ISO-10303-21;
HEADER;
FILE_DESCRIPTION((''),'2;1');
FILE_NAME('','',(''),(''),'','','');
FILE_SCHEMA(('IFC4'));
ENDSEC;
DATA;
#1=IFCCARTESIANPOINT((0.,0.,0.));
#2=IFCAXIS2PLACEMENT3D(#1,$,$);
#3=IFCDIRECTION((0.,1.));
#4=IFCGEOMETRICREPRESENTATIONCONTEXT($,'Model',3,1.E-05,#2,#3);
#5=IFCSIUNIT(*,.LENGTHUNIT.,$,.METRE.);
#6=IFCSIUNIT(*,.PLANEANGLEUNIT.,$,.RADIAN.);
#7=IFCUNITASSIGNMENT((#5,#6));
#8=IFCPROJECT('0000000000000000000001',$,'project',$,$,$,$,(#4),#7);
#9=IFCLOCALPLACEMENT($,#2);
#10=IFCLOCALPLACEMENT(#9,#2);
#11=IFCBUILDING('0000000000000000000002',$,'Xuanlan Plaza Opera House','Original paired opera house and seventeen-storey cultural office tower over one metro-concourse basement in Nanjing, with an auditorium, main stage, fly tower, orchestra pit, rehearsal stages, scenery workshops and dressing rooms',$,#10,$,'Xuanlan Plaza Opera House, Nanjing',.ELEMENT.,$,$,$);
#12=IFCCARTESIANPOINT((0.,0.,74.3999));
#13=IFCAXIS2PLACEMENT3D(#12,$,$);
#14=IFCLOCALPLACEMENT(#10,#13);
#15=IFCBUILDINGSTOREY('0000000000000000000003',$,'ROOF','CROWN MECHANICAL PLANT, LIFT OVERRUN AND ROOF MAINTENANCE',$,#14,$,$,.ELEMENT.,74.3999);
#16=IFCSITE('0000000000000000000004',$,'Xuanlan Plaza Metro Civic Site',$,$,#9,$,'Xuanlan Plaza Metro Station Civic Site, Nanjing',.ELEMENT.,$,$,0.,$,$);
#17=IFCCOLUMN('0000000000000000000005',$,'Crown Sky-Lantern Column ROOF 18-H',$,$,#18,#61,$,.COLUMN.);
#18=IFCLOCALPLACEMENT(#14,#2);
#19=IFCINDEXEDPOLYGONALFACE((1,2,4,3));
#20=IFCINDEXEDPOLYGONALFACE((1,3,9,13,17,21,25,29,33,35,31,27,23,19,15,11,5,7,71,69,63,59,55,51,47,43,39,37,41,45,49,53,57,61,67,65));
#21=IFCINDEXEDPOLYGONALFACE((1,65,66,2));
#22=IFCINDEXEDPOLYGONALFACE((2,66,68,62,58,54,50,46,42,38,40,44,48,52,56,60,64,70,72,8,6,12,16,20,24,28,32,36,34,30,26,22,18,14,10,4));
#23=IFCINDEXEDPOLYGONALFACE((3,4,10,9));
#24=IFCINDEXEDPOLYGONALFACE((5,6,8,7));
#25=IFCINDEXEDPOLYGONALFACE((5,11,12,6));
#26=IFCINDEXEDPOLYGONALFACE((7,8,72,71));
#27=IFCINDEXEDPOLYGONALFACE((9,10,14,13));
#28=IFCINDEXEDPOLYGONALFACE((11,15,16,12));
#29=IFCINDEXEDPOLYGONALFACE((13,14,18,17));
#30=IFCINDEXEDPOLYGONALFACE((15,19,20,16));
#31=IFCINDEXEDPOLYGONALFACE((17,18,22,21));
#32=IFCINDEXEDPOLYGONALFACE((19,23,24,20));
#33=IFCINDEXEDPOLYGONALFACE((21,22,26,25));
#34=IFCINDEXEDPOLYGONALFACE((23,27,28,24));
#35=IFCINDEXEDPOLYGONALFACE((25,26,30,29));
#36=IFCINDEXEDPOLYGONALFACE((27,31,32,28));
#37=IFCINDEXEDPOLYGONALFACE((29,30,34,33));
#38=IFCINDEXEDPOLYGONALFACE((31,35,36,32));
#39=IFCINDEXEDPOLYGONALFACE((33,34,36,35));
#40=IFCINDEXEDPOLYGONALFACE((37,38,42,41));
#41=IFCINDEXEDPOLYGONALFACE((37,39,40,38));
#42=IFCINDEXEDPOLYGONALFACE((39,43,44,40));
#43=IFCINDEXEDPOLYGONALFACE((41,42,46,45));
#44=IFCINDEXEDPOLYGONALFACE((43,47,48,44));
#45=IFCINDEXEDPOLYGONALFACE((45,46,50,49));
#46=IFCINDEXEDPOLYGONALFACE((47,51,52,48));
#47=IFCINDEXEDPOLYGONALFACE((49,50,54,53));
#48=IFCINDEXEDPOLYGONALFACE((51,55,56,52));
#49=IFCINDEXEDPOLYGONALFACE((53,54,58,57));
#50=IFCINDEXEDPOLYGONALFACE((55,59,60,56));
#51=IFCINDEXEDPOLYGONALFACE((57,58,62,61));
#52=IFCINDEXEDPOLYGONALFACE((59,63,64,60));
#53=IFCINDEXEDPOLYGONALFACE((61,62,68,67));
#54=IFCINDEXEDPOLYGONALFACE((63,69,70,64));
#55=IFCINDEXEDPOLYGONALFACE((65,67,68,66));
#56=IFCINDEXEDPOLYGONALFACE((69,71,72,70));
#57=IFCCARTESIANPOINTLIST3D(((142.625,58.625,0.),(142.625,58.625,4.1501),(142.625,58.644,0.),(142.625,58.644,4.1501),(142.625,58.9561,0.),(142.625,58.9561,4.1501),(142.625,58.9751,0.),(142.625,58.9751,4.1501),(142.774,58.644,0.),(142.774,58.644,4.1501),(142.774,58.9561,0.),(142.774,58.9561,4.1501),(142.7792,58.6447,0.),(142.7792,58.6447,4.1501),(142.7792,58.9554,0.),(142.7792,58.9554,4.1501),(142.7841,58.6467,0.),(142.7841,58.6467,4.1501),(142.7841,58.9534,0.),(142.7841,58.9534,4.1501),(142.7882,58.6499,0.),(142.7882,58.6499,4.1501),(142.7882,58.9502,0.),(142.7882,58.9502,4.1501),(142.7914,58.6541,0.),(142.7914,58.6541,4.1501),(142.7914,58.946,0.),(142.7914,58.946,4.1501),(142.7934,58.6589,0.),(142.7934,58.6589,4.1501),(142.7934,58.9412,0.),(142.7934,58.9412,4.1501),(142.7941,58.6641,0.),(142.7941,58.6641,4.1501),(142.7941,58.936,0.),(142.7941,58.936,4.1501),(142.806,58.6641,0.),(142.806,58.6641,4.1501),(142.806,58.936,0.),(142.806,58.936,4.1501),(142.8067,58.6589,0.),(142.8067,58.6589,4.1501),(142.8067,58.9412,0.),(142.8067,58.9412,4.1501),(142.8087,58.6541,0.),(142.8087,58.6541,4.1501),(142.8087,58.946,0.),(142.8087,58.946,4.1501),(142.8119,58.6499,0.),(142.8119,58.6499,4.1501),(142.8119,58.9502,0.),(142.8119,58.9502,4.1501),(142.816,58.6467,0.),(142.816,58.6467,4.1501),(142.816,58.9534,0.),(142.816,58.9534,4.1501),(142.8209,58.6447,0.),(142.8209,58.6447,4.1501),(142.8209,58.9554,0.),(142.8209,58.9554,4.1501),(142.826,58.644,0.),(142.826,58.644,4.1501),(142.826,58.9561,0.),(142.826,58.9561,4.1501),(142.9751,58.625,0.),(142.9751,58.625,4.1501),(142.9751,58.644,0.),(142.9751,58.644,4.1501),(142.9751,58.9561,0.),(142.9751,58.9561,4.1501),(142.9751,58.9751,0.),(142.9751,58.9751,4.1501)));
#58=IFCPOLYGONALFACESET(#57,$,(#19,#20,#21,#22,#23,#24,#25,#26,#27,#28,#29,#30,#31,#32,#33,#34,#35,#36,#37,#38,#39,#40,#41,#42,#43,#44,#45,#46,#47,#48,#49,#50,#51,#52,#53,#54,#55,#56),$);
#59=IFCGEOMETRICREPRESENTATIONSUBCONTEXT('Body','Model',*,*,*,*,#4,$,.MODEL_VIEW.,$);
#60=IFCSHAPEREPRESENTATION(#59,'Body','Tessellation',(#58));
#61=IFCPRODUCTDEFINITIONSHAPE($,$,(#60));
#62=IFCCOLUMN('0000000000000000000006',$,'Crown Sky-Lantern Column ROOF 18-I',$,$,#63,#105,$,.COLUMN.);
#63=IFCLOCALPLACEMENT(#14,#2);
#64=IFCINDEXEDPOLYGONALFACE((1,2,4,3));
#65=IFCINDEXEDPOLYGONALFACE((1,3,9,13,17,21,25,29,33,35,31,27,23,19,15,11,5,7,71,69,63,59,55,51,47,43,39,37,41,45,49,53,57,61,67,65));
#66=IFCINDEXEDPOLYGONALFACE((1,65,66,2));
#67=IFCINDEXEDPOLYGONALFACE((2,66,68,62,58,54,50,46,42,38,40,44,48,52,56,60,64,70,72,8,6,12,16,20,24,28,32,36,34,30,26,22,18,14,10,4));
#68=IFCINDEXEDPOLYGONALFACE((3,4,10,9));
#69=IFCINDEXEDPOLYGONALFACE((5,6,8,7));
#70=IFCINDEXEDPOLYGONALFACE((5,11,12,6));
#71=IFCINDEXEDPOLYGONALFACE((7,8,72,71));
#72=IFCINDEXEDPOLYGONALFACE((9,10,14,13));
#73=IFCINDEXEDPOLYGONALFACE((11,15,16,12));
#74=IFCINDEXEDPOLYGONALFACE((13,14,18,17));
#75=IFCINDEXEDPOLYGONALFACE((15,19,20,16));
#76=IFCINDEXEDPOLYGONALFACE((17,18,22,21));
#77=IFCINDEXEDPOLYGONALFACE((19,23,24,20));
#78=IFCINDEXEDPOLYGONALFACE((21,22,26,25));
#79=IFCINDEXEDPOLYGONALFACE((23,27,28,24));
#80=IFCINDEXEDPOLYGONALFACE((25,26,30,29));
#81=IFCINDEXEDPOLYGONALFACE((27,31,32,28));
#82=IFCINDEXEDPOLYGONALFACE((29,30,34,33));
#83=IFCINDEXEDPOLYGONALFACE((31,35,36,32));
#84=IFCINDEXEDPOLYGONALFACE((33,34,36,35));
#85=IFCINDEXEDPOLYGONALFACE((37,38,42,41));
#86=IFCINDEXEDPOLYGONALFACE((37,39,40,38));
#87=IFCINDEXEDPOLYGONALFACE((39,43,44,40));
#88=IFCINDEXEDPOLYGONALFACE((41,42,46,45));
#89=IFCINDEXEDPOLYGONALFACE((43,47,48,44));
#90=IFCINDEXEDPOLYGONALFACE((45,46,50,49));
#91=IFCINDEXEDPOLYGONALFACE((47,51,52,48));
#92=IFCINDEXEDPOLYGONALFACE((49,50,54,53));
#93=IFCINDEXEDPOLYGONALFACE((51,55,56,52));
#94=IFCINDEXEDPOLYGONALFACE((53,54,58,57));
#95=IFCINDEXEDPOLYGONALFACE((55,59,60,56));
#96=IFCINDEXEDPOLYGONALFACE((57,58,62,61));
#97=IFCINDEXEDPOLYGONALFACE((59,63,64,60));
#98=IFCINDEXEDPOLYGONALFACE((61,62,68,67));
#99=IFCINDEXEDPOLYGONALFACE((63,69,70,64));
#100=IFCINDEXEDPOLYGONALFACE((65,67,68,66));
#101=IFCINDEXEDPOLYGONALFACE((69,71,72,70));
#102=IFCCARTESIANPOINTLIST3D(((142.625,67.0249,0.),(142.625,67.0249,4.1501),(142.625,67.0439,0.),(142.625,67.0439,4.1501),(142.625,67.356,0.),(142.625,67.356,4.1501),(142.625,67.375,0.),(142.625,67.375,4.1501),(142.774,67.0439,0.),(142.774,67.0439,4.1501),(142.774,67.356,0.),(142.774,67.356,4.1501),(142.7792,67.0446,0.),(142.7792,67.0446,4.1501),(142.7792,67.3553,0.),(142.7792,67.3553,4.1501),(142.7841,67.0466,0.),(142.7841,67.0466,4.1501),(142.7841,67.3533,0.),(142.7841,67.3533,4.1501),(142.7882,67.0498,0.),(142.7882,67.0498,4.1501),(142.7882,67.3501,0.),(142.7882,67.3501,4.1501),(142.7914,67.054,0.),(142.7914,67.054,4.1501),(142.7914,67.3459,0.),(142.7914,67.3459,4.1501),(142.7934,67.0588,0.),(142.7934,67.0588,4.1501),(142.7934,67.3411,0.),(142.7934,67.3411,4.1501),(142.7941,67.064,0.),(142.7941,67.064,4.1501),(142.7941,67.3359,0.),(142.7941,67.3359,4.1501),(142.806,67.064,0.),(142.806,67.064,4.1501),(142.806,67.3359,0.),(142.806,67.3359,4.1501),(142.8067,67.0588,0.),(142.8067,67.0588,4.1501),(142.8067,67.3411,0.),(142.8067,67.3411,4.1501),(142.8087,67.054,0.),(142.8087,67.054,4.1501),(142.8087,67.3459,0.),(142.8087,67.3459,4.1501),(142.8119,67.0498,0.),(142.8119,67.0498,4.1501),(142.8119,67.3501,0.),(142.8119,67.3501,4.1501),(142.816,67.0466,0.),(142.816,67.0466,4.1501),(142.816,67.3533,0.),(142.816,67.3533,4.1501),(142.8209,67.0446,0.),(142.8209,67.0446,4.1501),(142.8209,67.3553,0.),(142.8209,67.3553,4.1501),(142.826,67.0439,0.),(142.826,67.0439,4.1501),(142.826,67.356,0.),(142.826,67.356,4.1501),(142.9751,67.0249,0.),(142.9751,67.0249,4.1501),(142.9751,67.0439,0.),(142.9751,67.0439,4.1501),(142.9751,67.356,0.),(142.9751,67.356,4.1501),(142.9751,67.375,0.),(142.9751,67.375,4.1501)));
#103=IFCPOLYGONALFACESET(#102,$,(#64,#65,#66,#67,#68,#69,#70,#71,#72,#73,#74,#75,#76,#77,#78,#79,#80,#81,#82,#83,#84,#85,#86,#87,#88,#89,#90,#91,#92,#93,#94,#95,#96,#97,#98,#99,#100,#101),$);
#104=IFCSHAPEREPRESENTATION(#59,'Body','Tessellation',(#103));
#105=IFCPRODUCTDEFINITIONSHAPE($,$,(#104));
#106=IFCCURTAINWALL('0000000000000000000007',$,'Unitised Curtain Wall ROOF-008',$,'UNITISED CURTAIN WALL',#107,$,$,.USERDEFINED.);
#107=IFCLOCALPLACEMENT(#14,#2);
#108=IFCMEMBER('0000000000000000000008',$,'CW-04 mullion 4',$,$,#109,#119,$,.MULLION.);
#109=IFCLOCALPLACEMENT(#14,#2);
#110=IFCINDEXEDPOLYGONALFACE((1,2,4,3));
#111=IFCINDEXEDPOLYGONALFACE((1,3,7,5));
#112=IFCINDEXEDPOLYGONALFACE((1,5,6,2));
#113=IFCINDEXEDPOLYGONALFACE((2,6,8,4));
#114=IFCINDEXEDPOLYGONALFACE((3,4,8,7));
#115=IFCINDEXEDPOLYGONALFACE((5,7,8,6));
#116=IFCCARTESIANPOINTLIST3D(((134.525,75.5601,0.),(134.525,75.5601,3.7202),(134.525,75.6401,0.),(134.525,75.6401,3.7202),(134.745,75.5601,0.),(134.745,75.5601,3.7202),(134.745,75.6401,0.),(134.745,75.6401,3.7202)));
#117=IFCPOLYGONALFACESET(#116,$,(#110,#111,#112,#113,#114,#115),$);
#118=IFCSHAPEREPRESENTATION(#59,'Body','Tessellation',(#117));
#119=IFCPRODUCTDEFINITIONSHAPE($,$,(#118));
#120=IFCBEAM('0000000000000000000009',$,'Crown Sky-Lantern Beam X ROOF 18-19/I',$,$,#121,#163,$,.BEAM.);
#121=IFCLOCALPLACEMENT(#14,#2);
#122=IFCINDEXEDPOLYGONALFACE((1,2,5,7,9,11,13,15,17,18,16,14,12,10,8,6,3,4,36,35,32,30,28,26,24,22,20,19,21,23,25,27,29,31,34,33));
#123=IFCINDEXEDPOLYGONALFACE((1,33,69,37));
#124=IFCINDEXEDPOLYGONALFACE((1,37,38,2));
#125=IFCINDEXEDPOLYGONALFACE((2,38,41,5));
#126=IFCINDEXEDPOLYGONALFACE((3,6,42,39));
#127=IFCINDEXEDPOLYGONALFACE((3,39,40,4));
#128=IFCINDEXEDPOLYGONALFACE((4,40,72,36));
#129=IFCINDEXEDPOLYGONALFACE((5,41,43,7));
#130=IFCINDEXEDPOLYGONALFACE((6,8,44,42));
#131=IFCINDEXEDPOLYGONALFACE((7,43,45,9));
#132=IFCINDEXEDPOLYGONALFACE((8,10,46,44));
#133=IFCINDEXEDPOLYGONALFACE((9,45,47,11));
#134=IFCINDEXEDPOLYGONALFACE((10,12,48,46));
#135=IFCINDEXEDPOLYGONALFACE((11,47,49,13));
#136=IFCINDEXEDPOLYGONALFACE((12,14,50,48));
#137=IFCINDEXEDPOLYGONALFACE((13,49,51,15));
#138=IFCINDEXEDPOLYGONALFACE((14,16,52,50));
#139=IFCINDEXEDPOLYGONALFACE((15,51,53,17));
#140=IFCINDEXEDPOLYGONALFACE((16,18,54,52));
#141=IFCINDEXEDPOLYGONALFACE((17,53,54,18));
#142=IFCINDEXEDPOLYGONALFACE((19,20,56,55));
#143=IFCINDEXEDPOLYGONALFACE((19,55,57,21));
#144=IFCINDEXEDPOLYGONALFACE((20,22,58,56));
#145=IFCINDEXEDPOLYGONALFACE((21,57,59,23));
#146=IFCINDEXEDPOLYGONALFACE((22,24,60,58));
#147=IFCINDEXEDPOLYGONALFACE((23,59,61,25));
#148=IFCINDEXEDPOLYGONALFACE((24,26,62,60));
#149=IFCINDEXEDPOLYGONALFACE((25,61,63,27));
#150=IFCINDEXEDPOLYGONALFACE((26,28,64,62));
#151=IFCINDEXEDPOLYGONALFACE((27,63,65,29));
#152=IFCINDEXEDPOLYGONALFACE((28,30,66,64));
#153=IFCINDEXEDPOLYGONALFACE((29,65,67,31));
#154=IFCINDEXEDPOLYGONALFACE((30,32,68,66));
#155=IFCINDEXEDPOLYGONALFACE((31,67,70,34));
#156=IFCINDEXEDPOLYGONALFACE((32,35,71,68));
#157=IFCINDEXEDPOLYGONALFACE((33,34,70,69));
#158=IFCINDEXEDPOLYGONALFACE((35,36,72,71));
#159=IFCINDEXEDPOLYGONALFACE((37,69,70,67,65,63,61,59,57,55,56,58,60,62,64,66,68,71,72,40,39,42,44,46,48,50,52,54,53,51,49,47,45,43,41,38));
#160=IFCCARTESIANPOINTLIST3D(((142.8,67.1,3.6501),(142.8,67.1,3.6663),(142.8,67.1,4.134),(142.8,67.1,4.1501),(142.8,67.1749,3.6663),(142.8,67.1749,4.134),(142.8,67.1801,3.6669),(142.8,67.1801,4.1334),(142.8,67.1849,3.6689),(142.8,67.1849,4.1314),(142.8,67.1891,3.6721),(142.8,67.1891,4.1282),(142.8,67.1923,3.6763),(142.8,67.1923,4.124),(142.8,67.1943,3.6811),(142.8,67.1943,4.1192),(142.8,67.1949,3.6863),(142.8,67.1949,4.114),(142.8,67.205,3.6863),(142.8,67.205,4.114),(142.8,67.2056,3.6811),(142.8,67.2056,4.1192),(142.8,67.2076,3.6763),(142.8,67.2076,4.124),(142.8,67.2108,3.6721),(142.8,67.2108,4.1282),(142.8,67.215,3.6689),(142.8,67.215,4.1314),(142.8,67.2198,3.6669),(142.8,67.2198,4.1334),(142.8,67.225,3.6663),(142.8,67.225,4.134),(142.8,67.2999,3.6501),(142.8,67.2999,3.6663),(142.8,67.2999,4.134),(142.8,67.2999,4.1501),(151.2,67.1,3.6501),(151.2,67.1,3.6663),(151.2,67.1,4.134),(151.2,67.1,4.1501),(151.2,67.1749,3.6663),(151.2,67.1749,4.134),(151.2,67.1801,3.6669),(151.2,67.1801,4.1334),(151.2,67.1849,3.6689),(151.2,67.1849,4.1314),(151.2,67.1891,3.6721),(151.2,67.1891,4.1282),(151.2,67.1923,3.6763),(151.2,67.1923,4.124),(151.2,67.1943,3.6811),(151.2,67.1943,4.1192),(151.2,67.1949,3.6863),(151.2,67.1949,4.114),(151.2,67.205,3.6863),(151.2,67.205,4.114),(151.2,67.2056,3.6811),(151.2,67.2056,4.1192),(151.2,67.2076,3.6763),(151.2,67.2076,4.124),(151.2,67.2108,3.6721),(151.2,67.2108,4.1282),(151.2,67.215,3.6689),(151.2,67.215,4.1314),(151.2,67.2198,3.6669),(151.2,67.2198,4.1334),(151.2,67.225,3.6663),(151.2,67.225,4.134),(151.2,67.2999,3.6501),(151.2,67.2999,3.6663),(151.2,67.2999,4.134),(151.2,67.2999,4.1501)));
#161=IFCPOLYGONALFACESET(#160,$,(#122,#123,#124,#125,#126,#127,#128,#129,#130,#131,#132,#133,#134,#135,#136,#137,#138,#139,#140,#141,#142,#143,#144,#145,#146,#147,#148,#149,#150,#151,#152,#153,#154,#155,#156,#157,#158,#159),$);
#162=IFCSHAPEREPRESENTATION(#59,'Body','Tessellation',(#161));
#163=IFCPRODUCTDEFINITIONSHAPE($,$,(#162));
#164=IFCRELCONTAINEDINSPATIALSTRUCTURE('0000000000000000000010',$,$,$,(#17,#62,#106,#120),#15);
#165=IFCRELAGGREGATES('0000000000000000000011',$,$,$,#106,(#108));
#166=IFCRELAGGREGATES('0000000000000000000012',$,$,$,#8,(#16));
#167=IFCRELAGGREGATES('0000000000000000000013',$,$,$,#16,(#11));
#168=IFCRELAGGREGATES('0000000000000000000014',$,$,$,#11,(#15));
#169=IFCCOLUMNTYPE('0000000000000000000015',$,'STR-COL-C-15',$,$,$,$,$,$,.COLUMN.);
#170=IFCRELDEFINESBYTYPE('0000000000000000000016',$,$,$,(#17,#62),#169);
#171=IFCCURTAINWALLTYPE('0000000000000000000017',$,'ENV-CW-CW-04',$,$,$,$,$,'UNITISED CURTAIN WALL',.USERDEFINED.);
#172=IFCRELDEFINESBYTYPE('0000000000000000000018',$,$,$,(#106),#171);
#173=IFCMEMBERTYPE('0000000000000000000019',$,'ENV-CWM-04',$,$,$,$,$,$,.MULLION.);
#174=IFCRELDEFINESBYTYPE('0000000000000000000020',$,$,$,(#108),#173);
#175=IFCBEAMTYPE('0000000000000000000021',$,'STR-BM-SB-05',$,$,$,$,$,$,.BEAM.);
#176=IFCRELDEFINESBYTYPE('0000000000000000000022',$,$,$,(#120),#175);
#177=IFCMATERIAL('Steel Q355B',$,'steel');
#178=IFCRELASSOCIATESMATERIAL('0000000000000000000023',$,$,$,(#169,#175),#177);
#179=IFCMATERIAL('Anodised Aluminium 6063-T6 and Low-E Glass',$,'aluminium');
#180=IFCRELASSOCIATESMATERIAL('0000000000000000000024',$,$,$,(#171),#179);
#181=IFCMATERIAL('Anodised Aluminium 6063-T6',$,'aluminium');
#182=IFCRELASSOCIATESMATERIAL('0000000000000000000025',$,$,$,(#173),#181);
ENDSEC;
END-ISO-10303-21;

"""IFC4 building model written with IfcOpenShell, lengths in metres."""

from ifc_helpers import new_model, si_unit, direction, frame, origin, origin_2d, place, context, subcontext, project, spatial, rectangle, i_section, extrude, material, material_profile, profile_set, type_object, element, aggregate, save


model = new_model("IFC4")

# Units and contexts
model_context = context("Model", 3, precision=1e-05, world=origin(), true_north=direction((0.0, 1.0)))
body_context = subcontext(model_context, "Body", "Model", "MODEL_VIEW")
ifc_project = project(units=[si_unit("LENGTHUNIT", "METRE"), si_unit("PLANEANGLEUNIT", "RADIAN")], contexts=[model_context])

# Site, building, storey
site_placement = place(None, origin())
site = spatial("IfcSite", under=ifc_project, at=site_placement, Name="Xuanlan Plaza Metro Civic Site", LongName="Xuanlan Plaza Metro Station Civic Site, Nanjing", CompositionType="ELEMENT", RefElevation=0.0)
building_placement = place(site_placement, origin())
building = spatial("IfcBuilding", under=site, at=building_placement, Name="Xuanlan Plaza Opera House", Description="Original paired opera house and seventeen-storey cultural office tower over one metro-concourse basement in Nanjing, with an auditorium, main stage, fly tower, orchestra pit, rehearsal stages, scenery workshops and dressing rooms", LongName="Xuanlan Plaza Opera House, Nanjing", CompositionType="ELEMENT")
storey_placement = place(building_placement, frame((0.0, 0.0, 74.3999)))
storey = spatial("IfcBuildingStorey", under=building, at=storey_placement, Name="ROOF", Description="CROWN MECHANICAL PLANT, LIFT OVERRUN AND ROOF MAINTENANCE", CompositionType="ELEMENT", Elevation=74.3999)

# Columns
ifc_material_1 = material(Name="Steel Q355B", Category="steel")
ifc_material_profile_1 = material_profile(ifc_material_1, i_section(OverallWidth=0.3501, OverallDepth=0.3501, WebThickness=0.012, FlangeThickness=0.019, FilletRadius=0.02, at=origin_2d()), Name="HW 350x350x12x19")
ifc_profile_set_1 = profile_set([ifc_material_profile_1], Name="Steel Q355B")
column_type = type_object("IfcColumnType", Name="STR-COL-C-15", PredefinedType="COLUMN", material=ifc_profile_set_1)
for number, where, z_axis, x_axis, name in (
    (1, (142.8, 58.8, 0.0), (0.0, 0.0, 1.0), (1.0, 0.0, 0.0), "Crown Sky-Lantern Column ROOF 18-H"),
    (2, (142.8, 67.2, 0.0), (0.0, 0.0, 1.0), (1.0, 0.0, 0.0), "Crown Sky-Lantern Column ROOF 18-I"),
):
    element("IfcColumn", number, at=place(storey_placement, frame(where, z_axis=z_axis, x_axis=x_axis)), inside=storey, type_object=column_type, Name=name, PredefinedType="COLUMN", context=body_context, shape_type="SweptSolid", body=[
        extrude(i_section(OverallWidth=0.3501, OverallDepth=0.3501, WebThickness=0.012, FlangeThickness=0.019, FilletRadius=0.02, at=origin_2d()), origin(), (0.0, 0.0, 1.0), 4.1501),
    ])

# Curtain wall, member
ifc_material_2 = material(Name="Anodised Aluminium 6063-T6 and Low-E Glass", Category="aluminium")
curtain_wall_type = type_object("IfcCurtainWallType", Name="ENV-CW-CW-04", ElementType="UNITISED CURTAIN WALL", PredefinedType="USERDEFINED", material=ifc_material_2)
curtain_wall_placement = place(storey_placement, origin())
curtain_wall = element("IfcCurtainWall", 3, at=curtain_wall_placement, inside=storey, type_object=curtain_wall_type, Name="Unitised Curtain Wall ROOF-008", ObjectType="UNITISED CURTAIN WALL", PredefinedType="USERDEFINED")
ifc_material_3 = material(Name="Anodised Aluminium 6063-T6", Category="aluminium")
ifc_material_profile_2 = material_profile(ifc_material_3, rectangle(XDim=0.0801, YDim=0.22, at=origin_2d()), Name="ALU-M 80x220")
ifc_profile_set_2 = profile_set([ifc_material_profile_2], Name="Anodised Aluminium 6063-T6")
member_type_1 = type_object("IfcMemberType", Name="ENV-CWM-04", PredefinedType="MULLION", material=ifc_profile_set_2)
member_1_placement = place(storey_placement, frame((134.635, 75.6001, 0.0), z_axis=(0.0, 0.0, 1.0), x_axis=(0.0, -1.0, 0.0)))
member_1 = element("IfcMember", 4, at=member_1_placement, type_object=member_type_1, Name="CW-04 mullion 4", PredefinedType="MULLION", context=body_context, shape_type="SweptSolid", body=[
    extrude(rectangle(XDim=0.0801, YDim=0.22, at=origin_2d()), origin(), (0.0, 0.0, 1.0), 3.7202),
])

# Beam
ifc_material_profile_3 = material_profile(ifc_material_1, i_section(OverallWidth=0.2, OverallDepth=0.5, WebThickness=0.01, FlangeThickness=0.0161, FilletRadius=0.02, at=origin_2d()), Name="HN 500x200x10x16")
ifc_profile_set_3 = profile_set([ifc_material_profile_3], Name="Steel Q355B")
beam_type = type_object("IfcBeamType", Name="STR-BM-SB-05", PredefinedType="BEAM", material=ifc_profile_set_3)
for number, where, z_axis, x_axis, name in (
    (5, (142.8, 67.2, 3.9001), (1.0, 0.0, 0.0), (0.0, 1.0, 0.0), "Crown Sky-Lantern Beam X ROOF 18-19/I"),
):
    element("IfcBeam", number, at=place(storey_placement, frame(where, z_axis=z_axis, x_axis=x_axis)), inside=storey, type_object=beam_type, Name=name, PredefinedType="BEAM", context=body_context, shape_type="SweptSolid", body=[
        extrude(i_section(OverallWidth=0.2, OverallDepth=0.5, WebThickness=0.01, FlangeThickness=0.0161, FilletRadius=0.02, at=origin_2d()), origin(), (0.0, 0.0, 1.0), 8.3999),
    ])

aggregate(curtain_wall, [member_1])

save(model, "model.ifc")
